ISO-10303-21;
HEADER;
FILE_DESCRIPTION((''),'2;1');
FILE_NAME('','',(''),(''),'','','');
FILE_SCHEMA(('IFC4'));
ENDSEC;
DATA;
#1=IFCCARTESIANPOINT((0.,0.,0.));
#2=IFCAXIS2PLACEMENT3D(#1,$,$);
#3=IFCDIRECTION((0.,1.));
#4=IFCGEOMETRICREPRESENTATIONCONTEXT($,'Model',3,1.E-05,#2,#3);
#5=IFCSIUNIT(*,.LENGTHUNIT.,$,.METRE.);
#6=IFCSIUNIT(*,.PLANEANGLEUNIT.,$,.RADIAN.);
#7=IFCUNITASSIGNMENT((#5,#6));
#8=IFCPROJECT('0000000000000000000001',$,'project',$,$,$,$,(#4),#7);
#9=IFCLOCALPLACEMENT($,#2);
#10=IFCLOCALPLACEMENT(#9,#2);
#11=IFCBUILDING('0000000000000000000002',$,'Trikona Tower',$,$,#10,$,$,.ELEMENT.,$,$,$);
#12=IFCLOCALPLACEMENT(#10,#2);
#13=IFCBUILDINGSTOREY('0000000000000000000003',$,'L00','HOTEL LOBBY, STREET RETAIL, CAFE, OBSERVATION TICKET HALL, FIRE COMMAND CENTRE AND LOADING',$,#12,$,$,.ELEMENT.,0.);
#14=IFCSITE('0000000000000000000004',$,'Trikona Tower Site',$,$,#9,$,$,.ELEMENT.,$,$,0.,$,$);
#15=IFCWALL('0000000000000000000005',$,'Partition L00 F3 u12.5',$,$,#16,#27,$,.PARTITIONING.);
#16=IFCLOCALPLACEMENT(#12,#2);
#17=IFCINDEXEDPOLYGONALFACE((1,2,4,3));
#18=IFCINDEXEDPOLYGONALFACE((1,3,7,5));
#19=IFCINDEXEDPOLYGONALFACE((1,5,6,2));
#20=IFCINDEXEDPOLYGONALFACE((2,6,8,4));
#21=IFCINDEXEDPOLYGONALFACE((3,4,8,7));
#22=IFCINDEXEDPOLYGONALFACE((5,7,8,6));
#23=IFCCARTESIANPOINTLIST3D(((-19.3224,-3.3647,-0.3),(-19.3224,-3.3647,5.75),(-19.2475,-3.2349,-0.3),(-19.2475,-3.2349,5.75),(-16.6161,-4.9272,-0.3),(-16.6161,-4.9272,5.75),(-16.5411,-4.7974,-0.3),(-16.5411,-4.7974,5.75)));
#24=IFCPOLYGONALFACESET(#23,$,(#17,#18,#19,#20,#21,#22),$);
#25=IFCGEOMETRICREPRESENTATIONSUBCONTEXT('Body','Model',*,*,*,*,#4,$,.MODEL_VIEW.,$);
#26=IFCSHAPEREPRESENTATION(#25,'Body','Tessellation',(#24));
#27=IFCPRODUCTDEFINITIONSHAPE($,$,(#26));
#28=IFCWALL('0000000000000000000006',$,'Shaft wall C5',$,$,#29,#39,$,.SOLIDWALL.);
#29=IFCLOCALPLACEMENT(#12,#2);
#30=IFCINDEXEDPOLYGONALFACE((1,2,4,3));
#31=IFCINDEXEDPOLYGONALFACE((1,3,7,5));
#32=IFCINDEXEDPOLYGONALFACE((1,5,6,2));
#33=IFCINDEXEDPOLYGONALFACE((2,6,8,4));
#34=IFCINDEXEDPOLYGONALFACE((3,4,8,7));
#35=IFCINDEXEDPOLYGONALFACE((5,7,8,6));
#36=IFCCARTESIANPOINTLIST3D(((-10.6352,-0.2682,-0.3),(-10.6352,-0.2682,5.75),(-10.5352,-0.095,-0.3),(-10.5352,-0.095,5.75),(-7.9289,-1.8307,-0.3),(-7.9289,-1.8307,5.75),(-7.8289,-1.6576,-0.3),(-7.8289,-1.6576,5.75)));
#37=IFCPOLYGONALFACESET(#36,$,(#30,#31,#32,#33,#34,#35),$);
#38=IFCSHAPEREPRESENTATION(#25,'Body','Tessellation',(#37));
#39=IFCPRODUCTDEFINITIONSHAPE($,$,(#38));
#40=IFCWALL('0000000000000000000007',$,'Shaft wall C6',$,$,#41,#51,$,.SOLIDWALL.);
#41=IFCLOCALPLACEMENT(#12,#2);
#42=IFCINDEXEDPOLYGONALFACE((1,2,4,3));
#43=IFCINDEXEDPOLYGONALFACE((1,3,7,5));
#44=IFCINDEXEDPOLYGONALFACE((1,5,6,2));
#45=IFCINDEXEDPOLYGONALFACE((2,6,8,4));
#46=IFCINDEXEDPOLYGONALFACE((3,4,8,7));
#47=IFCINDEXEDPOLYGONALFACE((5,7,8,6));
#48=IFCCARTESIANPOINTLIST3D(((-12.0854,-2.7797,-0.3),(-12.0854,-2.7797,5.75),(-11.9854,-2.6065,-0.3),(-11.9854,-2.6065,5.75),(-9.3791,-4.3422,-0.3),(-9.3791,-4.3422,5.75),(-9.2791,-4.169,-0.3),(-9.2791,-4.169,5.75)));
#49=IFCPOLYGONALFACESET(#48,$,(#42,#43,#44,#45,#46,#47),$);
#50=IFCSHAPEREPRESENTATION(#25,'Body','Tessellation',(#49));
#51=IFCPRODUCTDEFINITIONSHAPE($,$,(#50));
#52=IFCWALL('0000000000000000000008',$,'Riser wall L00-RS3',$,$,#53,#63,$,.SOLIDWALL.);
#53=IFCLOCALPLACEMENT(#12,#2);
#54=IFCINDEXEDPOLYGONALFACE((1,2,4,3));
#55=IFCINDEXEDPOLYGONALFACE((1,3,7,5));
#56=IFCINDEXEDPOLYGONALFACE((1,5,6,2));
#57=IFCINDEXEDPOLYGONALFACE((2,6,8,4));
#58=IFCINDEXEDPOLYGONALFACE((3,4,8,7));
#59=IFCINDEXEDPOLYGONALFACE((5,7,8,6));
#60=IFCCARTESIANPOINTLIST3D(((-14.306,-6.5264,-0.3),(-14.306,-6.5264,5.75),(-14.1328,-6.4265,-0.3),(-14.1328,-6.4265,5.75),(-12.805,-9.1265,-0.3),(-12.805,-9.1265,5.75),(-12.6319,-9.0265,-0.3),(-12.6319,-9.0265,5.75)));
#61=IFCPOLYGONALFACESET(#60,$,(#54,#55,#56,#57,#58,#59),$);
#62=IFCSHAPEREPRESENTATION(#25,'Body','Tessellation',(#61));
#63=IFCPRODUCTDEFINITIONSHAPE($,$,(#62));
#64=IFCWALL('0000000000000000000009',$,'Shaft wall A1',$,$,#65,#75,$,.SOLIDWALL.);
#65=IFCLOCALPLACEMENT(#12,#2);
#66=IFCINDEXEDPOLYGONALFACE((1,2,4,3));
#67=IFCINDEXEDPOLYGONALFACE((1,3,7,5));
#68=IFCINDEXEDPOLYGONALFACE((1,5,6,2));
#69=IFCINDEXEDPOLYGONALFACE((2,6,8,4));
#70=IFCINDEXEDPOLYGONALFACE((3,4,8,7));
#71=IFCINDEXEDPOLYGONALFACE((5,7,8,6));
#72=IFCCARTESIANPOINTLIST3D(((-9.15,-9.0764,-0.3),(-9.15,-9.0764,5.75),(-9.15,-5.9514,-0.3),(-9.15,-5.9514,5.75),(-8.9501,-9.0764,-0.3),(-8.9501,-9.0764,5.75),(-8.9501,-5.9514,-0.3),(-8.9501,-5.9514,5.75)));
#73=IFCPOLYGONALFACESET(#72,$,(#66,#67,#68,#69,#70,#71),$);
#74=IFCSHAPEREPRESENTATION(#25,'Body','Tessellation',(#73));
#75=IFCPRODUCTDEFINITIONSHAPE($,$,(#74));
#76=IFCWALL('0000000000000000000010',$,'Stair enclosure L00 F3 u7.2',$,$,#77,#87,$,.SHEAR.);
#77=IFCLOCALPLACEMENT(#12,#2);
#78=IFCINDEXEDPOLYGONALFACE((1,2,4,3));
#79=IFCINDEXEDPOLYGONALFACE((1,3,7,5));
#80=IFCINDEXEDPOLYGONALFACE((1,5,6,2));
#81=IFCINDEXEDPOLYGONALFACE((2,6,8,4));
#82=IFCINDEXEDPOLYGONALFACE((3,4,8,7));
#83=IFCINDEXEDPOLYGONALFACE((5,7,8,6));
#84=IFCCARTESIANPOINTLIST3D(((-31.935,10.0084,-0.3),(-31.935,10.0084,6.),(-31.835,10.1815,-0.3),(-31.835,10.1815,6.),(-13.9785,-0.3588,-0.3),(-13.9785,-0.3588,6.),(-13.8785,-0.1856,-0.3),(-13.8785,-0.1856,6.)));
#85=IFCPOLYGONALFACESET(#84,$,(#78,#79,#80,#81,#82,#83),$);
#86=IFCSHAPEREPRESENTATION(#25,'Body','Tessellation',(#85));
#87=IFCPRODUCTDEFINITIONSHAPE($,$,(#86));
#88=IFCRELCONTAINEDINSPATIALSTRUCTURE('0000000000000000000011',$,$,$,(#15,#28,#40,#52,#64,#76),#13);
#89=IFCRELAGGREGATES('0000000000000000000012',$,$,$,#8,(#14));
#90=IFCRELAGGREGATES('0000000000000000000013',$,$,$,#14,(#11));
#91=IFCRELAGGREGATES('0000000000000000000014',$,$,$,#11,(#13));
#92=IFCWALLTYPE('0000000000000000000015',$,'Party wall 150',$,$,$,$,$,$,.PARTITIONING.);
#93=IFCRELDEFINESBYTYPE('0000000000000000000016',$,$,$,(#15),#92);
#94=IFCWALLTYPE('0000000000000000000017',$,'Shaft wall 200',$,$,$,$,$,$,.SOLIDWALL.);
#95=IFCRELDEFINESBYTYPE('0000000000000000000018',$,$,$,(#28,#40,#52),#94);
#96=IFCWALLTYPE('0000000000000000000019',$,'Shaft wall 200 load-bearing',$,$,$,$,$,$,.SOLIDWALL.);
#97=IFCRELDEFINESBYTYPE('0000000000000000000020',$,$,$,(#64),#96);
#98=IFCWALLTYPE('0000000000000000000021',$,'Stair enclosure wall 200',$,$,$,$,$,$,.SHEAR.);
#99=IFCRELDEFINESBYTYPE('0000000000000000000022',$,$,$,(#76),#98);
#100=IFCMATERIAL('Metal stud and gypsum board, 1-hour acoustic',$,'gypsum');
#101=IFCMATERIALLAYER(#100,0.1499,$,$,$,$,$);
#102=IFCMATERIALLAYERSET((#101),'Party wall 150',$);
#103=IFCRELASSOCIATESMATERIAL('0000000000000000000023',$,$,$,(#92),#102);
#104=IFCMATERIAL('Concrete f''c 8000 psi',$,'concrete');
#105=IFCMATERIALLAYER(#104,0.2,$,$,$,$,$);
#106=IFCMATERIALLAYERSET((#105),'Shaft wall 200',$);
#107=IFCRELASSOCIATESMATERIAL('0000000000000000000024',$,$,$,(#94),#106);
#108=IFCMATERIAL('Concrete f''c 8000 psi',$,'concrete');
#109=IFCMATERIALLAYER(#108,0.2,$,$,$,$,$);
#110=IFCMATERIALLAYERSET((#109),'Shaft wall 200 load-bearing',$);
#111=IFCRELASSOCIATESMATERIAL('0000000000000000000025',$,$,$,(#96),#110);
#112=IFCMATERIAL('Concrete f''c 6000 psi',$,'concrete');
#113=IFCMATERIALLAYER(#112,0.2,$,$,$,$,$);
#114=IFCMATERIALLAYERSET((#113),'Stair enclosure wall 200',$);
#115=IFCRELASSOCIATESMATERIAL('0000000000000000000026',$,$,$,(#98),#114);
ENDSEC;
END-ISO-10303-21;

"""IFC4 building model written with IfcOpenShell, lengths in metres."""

from ifc_helpers import new_model, si_unit, direction, frame, frame_2d, origin, place, context, subcontext, project, spatial, rectangle, extrude, material, layer, layer_set, type_object, element, save


model = new_model("IFC4")

# Units and contexts
model_context = context("Model", 3, precision=1e-05, world=origin(), true_north=direction((0.0, 1.0)))
body_context = subcontext(model_context, "Body", "Model", "MODEL_VIEW")
ifc_project = project(units=[si_unit("LENGTHUNIT", "METRE"), si_unit("PLANEANGLEUNIT", "RADIAN")], contexts=[model_context])

# Site, building, storey
site_placement = place(None, origin())
site = spatial("IfcSite", under=ifc_project, at=site_placement, Name="Trikona Tower Site", CompositionType="ELEMENT", RefElevation=0.0)
building_placement = place(site_placement, origin())
building = spatial("IfcBuilding", under=site, at=building_placement, Name="Trikona Tower", CompositionType="ELEMENT")
storey_placement = place(building_placement, origin())
storey = spatial("IfcBuildingStorey", under=building, at=storey_placement, Name="L00", Description="HOTEL LOBBY, STREET RETAIL, CAFE, OBSERVATION TICKET HALL, FIRE COMMAND CENTRE AND LOADING", CompositionType="ELEMENT", Elevation=0.0)

# Walls
ifc_material_1 = material(Name="Metal stud and gypsum board, 1-hour acoustic", Category="gypsum")
ifc_layer_1 = layer(ifc_material_1, 0.1499)
ifc_layer_set_1 = layer_set([ifc_layer_1], Name="Party wall 150")
wall_type_1 = type_object("IfcWallType", Name="Party wall 150", PredefinedType="PARTITIONING", material=ifc_layer_set_1)
wall_1_placement = place(storey_placement, frame((-16.5786, -4.8623, -0.3), z_axis=(0.0, 0.0, 1.0), x_axis=(-0.866023, 0.500004, 0.0)))
element("IfcWall", 1, at=wall_1_placement, inside=storey, type_object=wall_type_1, Name="Partition L00 F3 u12.5", PredefinedType="PARTITIONING", context=body_context, shape_type="SweptSolid", body=[
    extrude(rectangle(XDim=3.125, YDim=0.1499, at=frame_2d((1.5625, 0.0))), origin(), (0.0, 0.0, 1.0), 6.05),
])
ifc_material_2 = material(Name="Concrete f'c 8000 psi", Category="concrete")
ifc_layer_2 = layer(ifc_material_2, 0.2)
ifc_layer_set_2 = layer_set([ifc_layer_2], Name="Shaft wall 200")
wall_type_2 = type_object("IfcWallType", Name="Shaft wall 200", PredefinedType="SOLIDWALL", material=ifc_layer_set_2)
for number, where, z_axis, x_axis, name in (
    (2, (-7.8789, -1.7441, -0.3), (0.0, 0.0, 1.0), (-0.866023, 0.500004, 0.0), "Shaft wall C5"),
    (3, (-9.3291, -4.2556, -0.3), (0.0, 0.0, 1.0), (-0.866023, 0.500004, 0.0), "Shaft wall C6"),
):
    element("IfcWall", number, at=place(storey_placement, frame(where, z_axis=z_axis, x_axis=x_axis)), inside=storey, type_object=wall_type_2, Name=name, PredefinedType="SOLIDWALL", context=body_context, shape_type="SweptSolid", body=[
        extrude(rectangle(XDim=3.125, YDim=0.2, at=frame_2d((1.5625, 0.0))), origin(), (0.0, 0.0, 1.0), 6.05),
    ])
wall_2_placement = place(storey_placement, frame((-12.7185, -9.0764, -0.3), z_axis=(0.0, 0.0, 1.0), x_axis=(-0.499952, 0.866053, 0.0)))
element("IfcWall", 4, at=wall_2_placement, inside=storey, type_object=wall_type_2, Name="Riser wall L00-RS3", PredefinedType="SOLIDWALL", context=body_context, shape_type="SweptSolid", body=[
    extrude(rectangle(XDim=3.0022, YDim=0.2, at=frame_2d((1.501, 0.0))), origin(), (0.0, 0.0, 1.0), 6.05),
])
ifc_material_3 = material(Name="Concrete f'c 8000 psi", Category="concrete")
ifc_layer_3 = layer(ifc_material_3, 0.2)
ifc_layer_set_3 = layer_set([ifc_layer_3], Name="Shaft wall 200 load-bearing")
wall_type_3 = type_object("IfcWallType", Name="Shaft wall 200 load-bearing", PredefinedType="SOLIDWALL", material=ifc_layer_set_3)
wall_3_placement = place(storey_placement, frame((-9.05, -5.9514, -0.3), z_axis=(0.0, 0.0, 1.0), x_axis=(0.0, -1.0, 0.0)))
element("IfcWall", 5, at=wall_3_placement, inside=storey, type_object=wall_type_3, Name="Shaft wall A1", PredefinedType="SOLIDWALL", context=body_context, shape_type="SweptSolid", body=[
    extrude(rectangle(XDim=3.125, YDim=0.2, at=frame_2d((1.5625, 0.0))), origin(), (0.0, 0.0, 1.0), 6.05),
])
ifc_material_4 = material(Name="Concrete f'c 6000 psi", Category="concrete")
ifc_layer_4 = layer(ifc_material_4, 0.2)
ifc_layer_set_4 = layer_set([ifc_layer_4], Name="Stair enclosure wall 200")
wall_type_4 = type_object("IfcWallType", Name="Stair enclosure wall 200", PredefinedType="SHEAR", material=ifc_layer_set_4)
wall_4_placement = place(storey_placement, frame((-13.9285, -0.2722, -0.3), z_axis=(0.0, 0.0, 1.0), x_axis=(-0.866026, 0.499999, 0.0)))
element("IfcWall", 6, at=wall_4_placement, inside=storey, type_object=wall_type_4, Name="Stair enclosure L00 F3 u7.2", PredefinedType="SHEAR", context=body_context, shape_type="SweptSolid", body=[
    extrude(rectangle(XDim=20.7344, YDim=0.2, at=frame_2d((10.3672, 0.0))), origin(), (0.0, 0.0, 1.0), 6.3),
])

save(model, "model.ifc")
